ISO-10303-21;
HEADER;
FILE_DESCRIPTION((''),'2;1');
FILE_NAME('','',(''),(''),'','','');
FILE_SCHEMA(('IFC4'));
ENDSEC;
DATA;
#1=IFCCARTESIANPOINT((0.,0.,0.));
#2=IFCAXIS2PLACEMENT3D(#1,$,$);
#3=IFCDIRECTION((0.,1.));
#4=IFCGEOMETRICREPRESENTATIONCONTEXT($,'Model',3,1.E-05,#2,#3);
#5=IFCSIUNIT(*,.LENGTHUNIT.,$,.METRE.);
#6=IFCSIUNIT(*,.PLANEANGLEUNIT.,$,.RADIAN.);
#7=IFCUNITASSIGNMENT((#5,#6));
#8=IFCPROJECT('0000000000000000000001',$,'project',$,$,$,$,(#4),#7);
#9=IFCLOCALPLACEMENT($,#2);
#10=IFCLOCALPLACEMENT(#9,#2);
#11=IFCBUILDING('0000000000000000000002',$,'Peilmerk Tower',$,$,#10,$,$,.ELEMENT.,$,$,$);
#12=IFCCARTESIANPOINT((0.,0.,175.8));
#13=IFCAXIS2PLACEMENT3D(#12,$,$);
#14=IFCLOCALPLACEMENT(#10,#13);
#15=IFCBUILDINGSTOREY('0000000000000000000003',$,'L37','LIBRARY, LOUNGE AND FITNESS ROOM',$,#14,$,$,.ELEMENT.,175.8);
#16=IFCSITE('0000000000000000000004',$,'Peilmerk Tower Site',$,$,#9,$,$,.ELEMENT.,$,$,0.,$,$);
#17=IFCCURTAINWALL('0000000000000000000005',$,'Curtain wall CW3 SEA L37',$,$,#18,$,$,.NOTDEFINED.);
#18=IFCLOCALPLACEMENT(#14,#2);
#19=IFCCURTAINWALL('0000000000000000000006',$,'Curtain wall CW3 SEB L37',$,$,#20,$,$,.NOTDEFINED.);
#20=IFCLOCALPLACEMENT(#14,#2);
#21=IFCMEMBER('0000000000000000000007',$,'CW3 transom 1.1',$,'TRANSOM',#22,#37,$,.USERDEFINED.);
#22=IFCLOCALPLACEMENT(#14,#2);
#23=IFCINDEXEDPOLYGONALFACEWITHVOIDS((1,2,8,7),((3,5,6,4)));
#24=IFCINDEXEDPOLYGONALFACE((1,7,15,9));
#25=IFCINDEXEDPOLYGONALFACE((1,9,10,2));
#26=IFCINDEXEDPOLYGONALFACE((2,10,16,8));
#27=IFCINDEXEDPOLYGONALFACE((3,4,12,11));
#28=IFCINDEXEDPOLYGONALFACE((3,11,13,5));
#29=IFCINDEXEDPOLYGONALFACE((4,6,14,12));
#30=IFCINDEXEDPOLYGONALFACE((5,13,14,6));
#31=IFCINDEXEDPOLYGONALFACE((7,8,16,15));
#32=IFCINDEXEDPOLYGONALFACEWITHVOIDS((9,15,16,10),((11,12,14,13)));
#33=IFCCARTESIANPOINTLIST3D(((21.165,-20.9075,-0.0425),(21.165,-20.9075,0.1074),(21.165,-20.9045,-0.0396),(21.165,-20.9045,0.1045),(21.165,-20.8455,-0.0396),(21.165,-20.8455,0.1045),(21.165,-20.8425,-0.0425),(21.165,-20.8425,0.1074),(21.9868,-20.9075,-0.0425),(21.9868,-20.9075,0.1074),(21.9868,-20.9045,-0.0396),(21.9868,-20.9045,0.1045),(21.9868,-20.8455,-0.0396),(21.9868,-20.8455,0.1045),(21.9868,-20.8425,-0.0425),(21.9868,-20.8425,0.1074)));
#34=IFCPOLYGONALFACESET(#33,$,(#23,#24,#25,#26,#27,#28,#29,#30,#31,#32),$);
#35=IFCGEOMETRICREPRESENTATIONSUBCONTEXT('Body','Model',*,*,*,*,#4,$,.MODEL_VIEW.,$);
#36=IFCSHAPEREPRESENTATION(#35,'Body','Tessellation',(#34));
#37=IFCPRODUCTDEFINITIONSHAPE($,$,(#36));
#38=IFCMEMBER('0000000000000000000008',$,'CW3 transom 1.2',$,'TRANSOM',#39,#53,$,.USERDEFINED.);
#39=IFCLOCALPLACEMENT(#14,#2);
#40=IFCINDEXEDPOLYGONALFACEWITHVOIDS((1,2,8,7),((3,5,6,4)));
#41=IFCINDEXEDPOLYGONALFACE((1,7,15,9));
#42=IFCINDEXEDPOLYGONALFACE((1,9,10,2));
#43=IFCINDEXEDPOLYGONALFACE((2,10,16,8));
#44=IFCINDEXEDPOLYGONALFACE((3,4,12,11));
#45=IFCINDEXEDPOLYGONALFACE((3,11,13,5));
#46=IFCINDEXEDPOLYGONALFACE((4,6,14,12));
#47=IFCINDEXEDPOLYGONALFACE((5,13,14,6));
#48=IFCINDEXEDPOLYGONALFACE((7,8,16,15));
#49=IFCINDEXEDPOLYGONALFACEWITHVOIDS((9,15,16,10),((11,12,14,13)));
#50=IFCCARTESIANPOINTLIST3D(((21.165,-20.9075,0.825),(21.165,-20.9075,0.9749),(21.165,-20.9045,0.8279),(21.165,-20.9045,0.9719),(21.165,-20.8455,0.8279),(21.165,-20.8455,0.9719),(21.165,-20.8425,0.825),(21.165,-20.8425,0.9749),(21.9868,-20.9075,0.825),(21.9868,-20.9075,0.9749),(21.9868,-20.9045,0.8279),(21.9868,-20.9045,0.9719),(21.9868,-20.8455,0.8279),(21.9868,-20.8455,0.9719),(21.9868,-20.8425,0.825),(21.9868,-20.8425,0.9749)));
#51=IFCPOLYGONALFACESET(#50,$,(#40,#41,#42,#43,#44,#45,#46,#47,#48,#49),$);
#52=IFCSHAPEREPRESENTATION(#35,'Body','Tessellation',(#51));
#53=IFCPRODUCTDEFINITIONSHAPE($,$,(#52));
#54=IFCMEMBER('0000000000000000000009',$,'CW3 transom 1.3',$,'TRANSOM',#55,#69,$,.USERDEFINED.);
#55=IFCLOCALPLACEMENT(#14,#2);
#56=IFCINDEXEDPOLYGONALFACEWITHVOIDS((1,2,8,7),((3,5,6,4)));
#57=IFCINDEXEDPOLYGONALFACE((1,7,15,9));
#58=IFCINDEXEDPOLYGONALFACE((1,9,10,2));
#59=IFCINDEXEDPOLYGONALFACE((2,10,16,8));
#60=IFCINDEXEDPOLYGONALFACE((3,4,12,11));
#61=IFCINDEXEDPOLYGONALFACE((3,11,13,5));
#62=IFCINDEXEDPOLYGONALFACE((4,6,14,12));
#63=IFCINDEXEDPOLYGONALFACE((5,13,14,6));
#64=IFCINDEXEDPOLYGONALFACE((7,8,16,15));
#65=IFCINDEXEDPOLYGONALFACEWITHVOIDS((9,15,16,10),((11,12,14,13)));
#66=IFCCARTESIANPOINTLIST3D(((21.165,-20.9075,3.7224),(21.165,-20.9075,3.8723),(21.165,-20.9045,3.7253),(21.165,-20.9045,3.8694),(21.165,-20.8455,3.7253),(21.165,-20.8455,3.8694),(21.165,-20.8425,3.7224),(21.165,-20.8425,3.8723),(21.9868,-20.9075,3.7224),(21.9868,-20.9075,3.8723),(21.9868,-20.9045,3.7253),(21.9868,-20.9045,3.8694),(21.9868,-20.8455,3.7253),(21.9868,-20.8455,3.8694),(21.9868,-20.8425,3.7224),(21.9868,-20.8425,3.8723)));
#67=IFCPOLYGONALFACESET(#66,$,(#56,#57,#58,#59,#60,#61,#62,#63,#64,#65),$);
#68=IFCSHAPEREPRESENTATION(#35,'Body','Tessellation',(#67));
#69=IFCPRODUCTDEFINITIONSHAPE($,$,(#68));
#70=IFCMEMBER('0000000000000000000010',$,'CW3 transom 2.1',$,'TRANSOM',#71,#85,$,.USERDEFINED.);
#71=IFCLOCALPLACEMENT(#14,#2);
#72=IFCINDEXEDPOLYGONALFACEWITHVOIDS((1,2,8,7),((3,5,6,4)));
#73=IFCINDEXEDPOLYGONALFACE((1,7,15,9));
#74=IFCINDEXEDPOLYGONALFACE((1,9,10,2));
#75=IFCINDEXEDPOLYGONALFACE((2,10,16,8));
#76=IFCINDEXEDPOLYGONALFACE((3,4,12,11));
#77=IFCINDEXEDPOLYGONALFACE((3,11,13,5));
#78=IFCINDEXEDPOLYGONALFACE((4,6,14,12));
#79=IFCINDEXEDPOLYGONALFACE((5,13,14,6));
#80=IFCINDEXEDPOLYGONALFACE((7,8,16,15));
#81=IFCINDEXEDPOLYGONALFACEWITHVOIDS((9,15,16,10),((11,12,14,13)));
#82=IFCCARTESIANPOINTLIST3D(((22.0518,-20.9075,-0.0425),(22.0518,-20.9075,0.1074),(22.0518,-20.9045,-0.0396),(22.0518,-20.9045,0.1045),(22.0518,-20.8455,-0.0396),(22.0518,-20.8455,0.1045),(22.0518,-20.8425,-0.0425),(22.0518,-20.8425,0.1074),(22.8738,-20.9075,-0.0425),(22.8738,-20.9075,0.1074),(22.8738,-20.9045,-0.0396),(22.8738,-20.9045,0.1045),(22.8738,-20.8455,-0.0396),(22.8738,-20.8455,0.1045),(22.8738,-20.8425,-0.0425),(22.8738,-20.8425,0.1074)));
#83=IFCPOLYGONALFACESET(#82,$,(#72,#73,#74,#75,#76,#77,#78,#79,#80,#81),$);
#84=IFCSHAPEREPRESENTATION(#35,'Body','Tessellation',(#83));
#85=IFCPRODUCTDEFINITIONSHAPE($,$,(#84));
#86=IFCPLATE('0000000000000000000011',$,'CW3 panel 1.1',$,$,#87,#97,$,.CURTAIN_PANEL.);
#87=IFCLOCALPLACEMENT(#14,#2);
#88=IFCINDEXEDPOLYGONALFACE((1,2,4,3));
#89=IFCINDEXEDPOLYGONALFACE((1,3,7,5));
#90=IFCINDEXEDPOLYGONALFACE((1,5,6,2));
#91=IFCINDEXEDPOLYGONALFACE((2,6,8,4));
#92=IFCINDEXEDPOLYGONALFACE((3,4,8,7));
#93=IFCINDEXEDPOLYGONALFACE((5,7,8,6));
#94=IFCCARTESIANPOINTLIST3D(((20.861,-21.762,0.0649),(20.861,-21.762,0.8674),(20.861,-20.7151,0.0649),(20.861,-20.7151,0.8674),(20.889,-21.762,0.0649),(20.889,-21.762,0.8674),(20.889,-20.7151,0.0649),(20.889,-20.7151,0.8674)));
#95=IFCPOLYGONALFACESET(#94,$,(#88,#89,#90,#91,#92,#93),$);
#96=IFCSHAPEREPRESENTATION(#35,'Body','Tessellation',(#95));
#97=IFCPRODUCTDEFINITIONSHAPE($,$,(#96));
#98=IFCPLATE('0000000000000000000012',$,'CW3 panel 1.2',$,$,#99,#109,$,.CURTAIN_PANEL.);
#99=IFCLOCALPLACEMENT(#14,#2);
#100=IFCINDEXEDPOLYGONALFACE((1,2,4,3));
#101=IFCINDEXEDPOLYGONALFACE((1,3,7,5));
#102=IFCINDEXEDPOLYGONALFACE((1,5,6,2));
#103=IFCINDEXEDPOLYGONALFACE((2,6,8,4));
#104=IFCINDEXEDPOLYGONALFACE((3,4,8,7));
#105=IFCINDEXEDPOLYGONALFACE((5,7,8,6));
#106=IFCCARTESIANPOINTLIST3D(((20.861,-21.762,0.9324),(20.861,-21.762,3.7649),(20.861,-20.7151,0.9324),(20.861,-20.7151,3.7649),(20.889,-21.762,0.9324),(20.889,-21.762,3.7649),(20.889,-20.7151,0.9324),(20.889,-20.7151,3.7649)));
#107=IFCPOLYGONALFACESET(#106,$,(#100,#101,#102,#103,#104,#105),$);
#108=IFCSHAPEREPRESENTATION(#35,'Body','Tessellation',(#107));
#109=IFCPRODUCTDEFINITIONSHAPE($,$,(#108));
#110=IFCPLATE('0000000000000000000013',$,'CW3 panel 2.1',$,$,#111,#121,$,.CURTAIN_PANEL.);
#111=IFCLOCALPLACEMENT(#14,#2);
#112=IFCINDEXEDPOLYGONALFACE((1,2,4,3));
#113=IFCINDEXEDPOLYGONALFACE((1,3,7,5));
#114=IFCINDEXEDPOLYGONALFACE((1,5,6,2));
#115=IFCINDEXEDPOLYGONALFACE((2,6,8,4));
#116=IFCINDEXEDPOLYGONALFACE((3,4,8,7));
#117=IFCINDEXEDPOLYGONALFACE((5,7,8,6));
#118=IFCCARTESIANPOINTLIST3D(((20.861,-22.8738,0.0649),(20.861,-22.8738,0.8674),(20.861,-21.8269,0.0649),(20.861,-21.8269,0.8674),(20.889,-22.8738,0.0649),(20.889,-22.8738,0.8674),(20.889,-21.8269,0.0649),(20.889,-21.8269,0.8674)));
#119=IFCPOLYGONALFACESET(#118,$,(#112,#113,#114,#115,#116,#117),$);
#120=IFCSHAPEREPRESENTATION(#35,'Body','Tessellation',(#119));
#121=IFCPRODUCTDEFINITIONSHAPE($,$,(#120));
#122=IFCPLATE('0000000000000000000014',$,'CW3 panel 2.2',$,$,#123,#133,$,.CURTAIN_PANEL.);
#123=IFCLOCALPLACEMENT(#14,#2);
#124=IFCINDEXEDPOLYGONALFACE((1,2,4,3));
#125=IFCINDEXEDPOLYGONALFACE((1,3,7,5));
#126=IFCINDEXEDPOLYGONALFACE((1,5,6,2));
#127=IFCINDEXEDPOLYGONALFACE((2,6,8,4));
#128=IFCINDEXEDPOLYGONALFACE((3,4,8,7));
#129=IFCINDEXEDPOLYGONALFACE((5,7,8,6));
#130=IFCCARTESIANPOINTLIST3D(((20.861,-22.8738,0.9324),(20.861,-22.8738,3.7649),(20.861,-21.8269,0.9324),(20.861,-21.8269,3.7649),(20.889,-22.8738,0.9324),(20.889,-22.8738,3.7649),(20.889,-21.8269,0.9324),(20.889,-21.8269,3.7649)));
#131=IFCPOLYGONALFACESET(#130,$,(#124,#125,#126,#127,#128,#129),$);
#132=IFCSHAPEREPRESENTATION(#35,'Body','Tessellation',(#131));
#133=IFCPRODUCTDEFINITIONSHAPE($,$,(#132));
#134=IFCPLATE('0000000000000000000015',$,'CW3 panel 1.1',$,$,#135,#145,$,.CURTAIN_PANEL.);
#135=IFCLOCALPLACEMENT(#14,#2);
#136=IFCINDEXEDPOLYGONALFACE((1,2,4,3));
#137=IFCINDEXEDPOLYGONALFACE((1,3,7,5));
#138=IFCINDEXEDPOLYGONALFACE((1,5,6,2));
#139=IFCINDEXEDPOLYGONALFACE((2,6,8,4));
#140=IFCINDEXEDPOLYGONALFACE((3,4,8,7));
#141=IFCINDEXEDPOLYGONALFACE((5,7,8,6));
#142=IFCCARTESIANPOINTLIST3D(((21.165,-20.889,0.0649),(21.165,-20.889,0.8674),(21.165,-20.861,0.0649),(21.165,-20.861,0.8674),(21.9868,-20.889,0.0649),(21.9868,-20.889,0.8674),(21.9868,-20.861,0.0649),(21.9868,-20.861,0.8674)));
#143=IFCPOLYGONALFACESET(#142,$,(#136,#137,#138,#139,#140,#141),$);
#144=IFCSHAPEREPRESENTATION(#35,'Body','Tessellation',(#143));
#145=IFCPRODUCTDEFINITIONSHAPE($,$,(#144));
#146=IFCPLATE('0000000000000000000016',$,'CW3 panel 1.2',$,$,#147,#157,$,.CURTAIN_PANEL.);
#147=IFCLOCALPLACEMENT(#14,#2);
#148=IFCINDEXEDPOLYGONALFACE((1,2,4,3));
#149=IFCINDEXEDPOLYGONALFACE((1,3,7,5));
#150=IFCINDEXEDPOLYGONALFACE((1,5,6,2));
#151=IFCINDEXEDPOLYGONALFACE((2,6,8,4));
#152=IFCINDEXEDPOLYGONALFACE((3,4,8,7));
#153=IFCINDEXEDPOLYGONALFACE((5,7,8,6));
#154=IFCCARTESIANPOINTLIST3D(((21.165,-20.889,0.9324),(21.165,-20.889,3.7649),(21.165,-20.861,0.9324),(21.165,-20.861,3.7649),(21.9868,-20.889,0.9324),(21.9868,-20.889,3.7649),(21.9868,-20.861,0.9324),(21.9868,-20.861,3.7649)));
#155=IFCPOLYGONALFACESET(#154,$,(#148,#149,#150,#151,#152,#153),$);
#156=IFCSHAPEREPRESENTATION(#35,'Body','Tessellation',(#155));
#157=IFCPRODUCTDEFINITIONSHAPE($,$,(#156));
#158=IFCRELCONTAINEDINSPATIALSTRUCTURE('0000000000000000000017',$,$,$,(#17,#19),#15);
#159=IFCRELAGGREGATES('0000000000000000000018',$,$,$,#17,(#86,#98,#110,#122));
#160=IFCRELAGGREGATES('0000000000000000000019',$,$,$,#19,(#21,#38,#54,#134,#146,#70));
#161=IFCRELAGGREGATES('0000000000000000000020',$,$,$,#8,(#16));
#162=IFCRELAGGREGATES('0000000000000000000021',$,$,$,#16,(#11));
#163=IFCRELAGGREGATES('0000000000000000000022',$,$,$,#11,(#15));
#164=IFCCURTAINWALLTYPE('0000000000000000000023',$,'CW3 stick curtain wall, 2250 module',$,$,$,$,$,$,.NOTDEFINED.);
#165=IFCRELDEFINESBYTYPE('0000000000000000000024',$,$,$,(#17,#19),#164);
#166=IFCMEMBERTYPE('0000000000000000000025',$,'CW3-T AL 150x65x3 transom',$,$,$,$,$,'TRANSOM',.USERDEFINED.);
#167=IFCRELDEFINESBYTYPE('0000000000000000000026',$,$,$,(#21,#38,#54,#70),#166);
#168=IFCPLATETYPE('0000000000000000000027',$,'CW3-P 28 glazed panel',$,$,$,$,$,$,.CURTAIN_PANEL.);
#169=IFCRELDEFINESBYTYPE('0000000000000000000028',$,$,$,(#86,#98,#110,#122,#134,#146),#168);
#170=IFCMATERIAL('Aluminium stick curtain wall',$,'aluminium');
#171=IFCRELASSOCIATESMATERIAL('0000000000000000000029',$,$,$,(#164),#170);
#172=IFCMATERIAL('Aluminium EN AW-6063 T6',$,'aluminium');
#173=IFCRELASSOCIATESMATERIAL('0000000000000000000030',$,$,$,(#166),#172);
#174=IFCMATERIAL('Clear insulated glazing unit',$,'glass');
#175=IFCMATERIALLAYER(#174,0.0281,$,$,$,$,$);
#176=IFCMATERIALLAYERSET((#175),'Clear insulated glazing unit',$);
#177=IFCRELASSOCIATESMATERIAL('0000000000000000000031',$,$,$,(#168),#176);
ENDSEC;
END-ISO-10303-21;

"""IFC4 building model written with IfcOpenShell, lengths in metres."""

from ifc_helpers import new_model, si_unit, direction, frame, origin, origin_2d, place, context, subcontext, project, spatial, rectangle, hollow_rectangle, extrude, material, layer, layer_set, material_profile, profile_set, type_object, element, aggregate, save


model = new_model("IFC4")

# Units and contexts
model_context = context("Model", 3, precision=1e-05, world=origin(), true_north=direction((0.0, 1.0)))
body_context = subcontext(model_context, "Body", "Model", "MODEL_VIEW")
ifc_project = project(units=[si_unit("LENGTHUNIT", "METRE"), si_unit("PLANEANGLEUNIT", "RADIAN")], contexts=[model_context])

# Site, building, storey
site_placement = place(None, origin())
site = spatial("IfcSite", under=ifc_project, at=site_placement, Name="Peilmerk Tower Site", CompositionType="ELEMENT", RefElevation=0.0)
building_placement = place(site_placement, origin())
building = spatial("IfcBuilding", under=site, at=building_placement, Name="Peilmerk Tower", CompositionType="ELEMENT")
storey_placement = place(building_placement, frame((0.0, 0.0, 175.8)))
storey = spatial("IfcBuildingStorey", under=building, at=storey_placement, Name="L37", Description="LIBRARY, LOUNGE AND FITNESS ROOM", CompositionType="ELEMENT", Elevation=175.8)

# Curtain walls
ifc_material_1 = material(Name="Aluminium stick curtain wall", Category="aluminium")
curtain_wall_type = type_object("IfcCurtainWallType", Name="CW3 stick curtain wall, 2250 module", PredefinedType="NOTDEFINED", material=ifc_material_1)
curtain_wall_1_placement = place(storey_placement, origin())
curtain_wall_1 = element("IfcCurtainWall", 1, at=curtain_wall_1_placement, inside=storey, type_object=curtain_wall_type, Name="Curtain wall CW3 SEA L37", PredefinedType="NOTDEFINED")
ifc_material_2 = material(Name="Aluminium EN AW-6063 T6", Category="aluminium")
curtain_wall_2_placement = place(storey_placement, origin())
curtain_wall_2 = element("IfcCurtainWall", 2, at=curtain_wall_2_placement, inside=storey, type_object=curtain_wall_type, Name="Curtain wall CW3 SEB L37", PredefinedType="NOTDEFINED")

# Members
ifc_material_profile_1 = material_profile(ifc_material_2, hollow_rectangle(XDim=0.0649, YDim=0.1499, WallThickness=0.0029, at=origin_2d()), Name="AL 150x65x3")
ifc_profile_set_1 = profile_set([ifc_material_profile_1], Name="Aluminium EN AW-6063 T6")
member_type_1 = type_object("IfcMemberType", Name="CW3-T AL 150x65x3 transom", ElementType="TRANSOM", PredefinedType="USERDEFINED", material=ifc_profile_set_1)
member_1_placement = place(storey_placement, frame((21.165, -20.875, 0.0325), z_axis=(1.0, 0.0, 0.0), x_axis=(0.0, 1.0, 0.0)))
member_1 = element("IfcMember", 3, at=member_1_placement, type_object=member_type_1, Name="CW3 transom 1.1", ObjectType="TRANSOM", PredefinedType="USERDEFINED", context=body_context, shape_type="SweptSolid", body=[
    extrude(hollow_rectangle(XDim=0.0649, YDim=0.1499, WallThickness=0.0029, at=origin_2d()), origin(), (0.0, 0.0, 1.0), 0.8218),
])
member_2_placement = place(storey_placement, frame((21.165, -20.875, 0.8999), z_axis=(1.0, 0.0, 0.0), x_axis=(0.0, 1.0, 0.0)))
member_2 = element("IfcMember", 4, at=member_2_placement, type_object=member_type_1, Name="CW3 transom 1.2", ObjectType="TRANSOM", PredefinedType="USERDEFINED", context=body_context, shape_type="SweptSolid", body=[
    extrude(hollow_rectangle(XDim=0.0649, YDim=0.1499, WallThickness=0.0029, at=origin_2d()), origin(), (0.0, 0.0, 1.0), 0.8218),
])
member_3_placement = place(storey_placement, frame((21.165, -20.875, 3.7974), z_axis=(1.0, 0.0, 0.0), x_axis=(0.0, 1.0, 0.0)))
member_3 = element("IfcMember", 5, at=member_3_placement, type_object=member_type_1, Name="CW3 transom 1.3", ObjectType="TRANSOM", PredefinedType="USERDEFINED", context=body_context, shape_type="SweptSolid", body=[
    extrude(hollow_rectangle(XDim=0.0649, YDim=0.1499, WallThickness=0.0029, at=origin_2d()), origin(), (0.0, 0.0, 1.0), 0.8218),
])
member_4_placement = place(storey_placement, frame((22.0518, -20.875, 0.0325), z_axis=(1.0, 0.0, 0.0), x_axis=(0.0, 1.0, 0.0)))
member_4 = element("IfcMember", 6, at=member_4_placement, type_object=member_type_1, Name="CW3 transom 2.1", ObjectType="TRANSOM", PredefinedType="USERDEFINED", context=body_context, shape_type="SweptSolid", body=[
    extrude(hollow_rectangle(XDim=0.0649, YDim=0.1499, WallThickness=0.0029, at=origin_2d()), origin(), (0.0, 0.0, 1.0), 0.822),
])

# Plates
ifc_material_3 = material(Name="Clear insulated glazing unit", Category="glass")
ifc_layer_1 = layer(ifc_material_3, 0.0281)
ifc_layer_set_1 = layer_set([ifc_layer_1], Name="Clear insulated glazing unit")
plate_type = type_object("IfcPlateType", Name="CW3-P 28 glazed panel", PredefinedType="CURTAIN_PANEL", material=ifc_layer_set_1)
plate_1_placement = place(storey_placement, frame((20.875, -21.2385, 0.0649), z_axis=(0.0, 0.0, 1.0), x_axis=(0.0, -1.0, 0.0)))
plate_1 = element("IfcPlate", 7, at=plate_1_placement, type_object=plate_type, Name="CW3 panel 1.1", PredefinedType="CURTAIN_PANEL", context=body_context, shape_type="SweptSolid", body=[
    extrude(rectangle(XDim=1.0469, YDim=0.0281, at=origin_2d()), origin(), (0.0, 0.0, 1.0), 0.8025),
])
plate_2_placement = place(storey_placement, frame((20.875, -21.2385, 0.9324), z_axis=(0.0, 0.0, 1.0), x_axis=(0.0, -1.0, 0.0)))
plate_2 = element("IfcPlate", 8, at=plate_2_placement, type_object=plate_type, Name="CW3 panel 1.2", PredefinedType="CURTAIN_PANEL", context=body_context, shape_type="SweptSolid", body=[
    extrude(rectangle(XDim=1.0469, YDim=0.0281, at=origin_2d()), origin(), (0.0, 0.0, 1.0), 2.8325),
])
plate_3_placement = place(storey_placement, frame((20.875, -22.3503, 0.0649), z_axis=(0.0, 0.0, 1.0), x_axis=(0.0, -1.0, 0.0)))
plate_3 = element("IfcPlate", 9, at=plate_3_placement, type_object=plate_type, Name="CW3 panel 2.1", PredefinedType="CURTAIN_PANEL", context=body_context, shape_type="SweptSolid", body=[
    extrude(rectangle(XDim=1.0469, YDim=0.0281, at=origin_2d()), origin(), (0.0, 0.0, 1.0), 0.8025),
])
plate_4_placement = place(storey_placement, frame((20.875, -22.3503, 0.9324), z_axis=(0.0, 0.0, 1.0), x_axis=(0.0, -1.0, 0.0)))
plate_4 = element("IfcPlate", 10, at=plate_4_placement, type_object=plate_type, Name="CW3 panel 2.2", PredefinedType="CURTAIN_PANEL", context=body_context, shape_type="SweptSolid", body=[
    extrude(rectangle(XDim=1.0469, YDim=0.0281, at=origin_2d()), origin(), (0.0, 0.0, 1.0), 2.8325),
])
aggregate(curtain_wall_1, [plate_1, plate_2, plate_3, plate_4])
plate_5_placement = place(storey_placement, frame((21.5759, -20.875, 0.0649), z_axis=(0.0, 0.0, 1.0), x_axis=(1.0, 0.0, 0.0)))
plate_5 = element("IfcPlate", 11, at=plate_5_placement, type_object=plate_type, Name="CW3 panel 1.1", PredefinedType="CURTAIN_PANEL", context=body_context, shape_type="SweptSolid", body=[
    extrude(rectangle(XDim=0.8218, YDim=0.0281, at=origin_2d()), origin(), (0.0, 0.0, 1.0), 0.8025),
])
plate_6_placement = place(storey_placement, frame((21.5759, -20.875, 0.9324), z_axis=(0.0, 0.0, 1.0), x_axis=(1.0, 0.0, 0.0)))
plate_6 = element("IfcPlate", 12, at=plate_6_placement, type_object=plate_type, Name="CW3 panel 1.2", PredefinedType="CURTAIN_PANEL", context=body_context, shape_type="SweptSolid", body=[
    extrude(rectangle(XDim=0.8218, YDim=0.0281, at=origin_2d()), origin(), (0.0, 0.0, 1.0), 2.8325),
])
aggregate(curtain_wall_2, [member_1, member_2, member_3, plate_5, plate_6, member_4])

save(model, "model.ifc")
